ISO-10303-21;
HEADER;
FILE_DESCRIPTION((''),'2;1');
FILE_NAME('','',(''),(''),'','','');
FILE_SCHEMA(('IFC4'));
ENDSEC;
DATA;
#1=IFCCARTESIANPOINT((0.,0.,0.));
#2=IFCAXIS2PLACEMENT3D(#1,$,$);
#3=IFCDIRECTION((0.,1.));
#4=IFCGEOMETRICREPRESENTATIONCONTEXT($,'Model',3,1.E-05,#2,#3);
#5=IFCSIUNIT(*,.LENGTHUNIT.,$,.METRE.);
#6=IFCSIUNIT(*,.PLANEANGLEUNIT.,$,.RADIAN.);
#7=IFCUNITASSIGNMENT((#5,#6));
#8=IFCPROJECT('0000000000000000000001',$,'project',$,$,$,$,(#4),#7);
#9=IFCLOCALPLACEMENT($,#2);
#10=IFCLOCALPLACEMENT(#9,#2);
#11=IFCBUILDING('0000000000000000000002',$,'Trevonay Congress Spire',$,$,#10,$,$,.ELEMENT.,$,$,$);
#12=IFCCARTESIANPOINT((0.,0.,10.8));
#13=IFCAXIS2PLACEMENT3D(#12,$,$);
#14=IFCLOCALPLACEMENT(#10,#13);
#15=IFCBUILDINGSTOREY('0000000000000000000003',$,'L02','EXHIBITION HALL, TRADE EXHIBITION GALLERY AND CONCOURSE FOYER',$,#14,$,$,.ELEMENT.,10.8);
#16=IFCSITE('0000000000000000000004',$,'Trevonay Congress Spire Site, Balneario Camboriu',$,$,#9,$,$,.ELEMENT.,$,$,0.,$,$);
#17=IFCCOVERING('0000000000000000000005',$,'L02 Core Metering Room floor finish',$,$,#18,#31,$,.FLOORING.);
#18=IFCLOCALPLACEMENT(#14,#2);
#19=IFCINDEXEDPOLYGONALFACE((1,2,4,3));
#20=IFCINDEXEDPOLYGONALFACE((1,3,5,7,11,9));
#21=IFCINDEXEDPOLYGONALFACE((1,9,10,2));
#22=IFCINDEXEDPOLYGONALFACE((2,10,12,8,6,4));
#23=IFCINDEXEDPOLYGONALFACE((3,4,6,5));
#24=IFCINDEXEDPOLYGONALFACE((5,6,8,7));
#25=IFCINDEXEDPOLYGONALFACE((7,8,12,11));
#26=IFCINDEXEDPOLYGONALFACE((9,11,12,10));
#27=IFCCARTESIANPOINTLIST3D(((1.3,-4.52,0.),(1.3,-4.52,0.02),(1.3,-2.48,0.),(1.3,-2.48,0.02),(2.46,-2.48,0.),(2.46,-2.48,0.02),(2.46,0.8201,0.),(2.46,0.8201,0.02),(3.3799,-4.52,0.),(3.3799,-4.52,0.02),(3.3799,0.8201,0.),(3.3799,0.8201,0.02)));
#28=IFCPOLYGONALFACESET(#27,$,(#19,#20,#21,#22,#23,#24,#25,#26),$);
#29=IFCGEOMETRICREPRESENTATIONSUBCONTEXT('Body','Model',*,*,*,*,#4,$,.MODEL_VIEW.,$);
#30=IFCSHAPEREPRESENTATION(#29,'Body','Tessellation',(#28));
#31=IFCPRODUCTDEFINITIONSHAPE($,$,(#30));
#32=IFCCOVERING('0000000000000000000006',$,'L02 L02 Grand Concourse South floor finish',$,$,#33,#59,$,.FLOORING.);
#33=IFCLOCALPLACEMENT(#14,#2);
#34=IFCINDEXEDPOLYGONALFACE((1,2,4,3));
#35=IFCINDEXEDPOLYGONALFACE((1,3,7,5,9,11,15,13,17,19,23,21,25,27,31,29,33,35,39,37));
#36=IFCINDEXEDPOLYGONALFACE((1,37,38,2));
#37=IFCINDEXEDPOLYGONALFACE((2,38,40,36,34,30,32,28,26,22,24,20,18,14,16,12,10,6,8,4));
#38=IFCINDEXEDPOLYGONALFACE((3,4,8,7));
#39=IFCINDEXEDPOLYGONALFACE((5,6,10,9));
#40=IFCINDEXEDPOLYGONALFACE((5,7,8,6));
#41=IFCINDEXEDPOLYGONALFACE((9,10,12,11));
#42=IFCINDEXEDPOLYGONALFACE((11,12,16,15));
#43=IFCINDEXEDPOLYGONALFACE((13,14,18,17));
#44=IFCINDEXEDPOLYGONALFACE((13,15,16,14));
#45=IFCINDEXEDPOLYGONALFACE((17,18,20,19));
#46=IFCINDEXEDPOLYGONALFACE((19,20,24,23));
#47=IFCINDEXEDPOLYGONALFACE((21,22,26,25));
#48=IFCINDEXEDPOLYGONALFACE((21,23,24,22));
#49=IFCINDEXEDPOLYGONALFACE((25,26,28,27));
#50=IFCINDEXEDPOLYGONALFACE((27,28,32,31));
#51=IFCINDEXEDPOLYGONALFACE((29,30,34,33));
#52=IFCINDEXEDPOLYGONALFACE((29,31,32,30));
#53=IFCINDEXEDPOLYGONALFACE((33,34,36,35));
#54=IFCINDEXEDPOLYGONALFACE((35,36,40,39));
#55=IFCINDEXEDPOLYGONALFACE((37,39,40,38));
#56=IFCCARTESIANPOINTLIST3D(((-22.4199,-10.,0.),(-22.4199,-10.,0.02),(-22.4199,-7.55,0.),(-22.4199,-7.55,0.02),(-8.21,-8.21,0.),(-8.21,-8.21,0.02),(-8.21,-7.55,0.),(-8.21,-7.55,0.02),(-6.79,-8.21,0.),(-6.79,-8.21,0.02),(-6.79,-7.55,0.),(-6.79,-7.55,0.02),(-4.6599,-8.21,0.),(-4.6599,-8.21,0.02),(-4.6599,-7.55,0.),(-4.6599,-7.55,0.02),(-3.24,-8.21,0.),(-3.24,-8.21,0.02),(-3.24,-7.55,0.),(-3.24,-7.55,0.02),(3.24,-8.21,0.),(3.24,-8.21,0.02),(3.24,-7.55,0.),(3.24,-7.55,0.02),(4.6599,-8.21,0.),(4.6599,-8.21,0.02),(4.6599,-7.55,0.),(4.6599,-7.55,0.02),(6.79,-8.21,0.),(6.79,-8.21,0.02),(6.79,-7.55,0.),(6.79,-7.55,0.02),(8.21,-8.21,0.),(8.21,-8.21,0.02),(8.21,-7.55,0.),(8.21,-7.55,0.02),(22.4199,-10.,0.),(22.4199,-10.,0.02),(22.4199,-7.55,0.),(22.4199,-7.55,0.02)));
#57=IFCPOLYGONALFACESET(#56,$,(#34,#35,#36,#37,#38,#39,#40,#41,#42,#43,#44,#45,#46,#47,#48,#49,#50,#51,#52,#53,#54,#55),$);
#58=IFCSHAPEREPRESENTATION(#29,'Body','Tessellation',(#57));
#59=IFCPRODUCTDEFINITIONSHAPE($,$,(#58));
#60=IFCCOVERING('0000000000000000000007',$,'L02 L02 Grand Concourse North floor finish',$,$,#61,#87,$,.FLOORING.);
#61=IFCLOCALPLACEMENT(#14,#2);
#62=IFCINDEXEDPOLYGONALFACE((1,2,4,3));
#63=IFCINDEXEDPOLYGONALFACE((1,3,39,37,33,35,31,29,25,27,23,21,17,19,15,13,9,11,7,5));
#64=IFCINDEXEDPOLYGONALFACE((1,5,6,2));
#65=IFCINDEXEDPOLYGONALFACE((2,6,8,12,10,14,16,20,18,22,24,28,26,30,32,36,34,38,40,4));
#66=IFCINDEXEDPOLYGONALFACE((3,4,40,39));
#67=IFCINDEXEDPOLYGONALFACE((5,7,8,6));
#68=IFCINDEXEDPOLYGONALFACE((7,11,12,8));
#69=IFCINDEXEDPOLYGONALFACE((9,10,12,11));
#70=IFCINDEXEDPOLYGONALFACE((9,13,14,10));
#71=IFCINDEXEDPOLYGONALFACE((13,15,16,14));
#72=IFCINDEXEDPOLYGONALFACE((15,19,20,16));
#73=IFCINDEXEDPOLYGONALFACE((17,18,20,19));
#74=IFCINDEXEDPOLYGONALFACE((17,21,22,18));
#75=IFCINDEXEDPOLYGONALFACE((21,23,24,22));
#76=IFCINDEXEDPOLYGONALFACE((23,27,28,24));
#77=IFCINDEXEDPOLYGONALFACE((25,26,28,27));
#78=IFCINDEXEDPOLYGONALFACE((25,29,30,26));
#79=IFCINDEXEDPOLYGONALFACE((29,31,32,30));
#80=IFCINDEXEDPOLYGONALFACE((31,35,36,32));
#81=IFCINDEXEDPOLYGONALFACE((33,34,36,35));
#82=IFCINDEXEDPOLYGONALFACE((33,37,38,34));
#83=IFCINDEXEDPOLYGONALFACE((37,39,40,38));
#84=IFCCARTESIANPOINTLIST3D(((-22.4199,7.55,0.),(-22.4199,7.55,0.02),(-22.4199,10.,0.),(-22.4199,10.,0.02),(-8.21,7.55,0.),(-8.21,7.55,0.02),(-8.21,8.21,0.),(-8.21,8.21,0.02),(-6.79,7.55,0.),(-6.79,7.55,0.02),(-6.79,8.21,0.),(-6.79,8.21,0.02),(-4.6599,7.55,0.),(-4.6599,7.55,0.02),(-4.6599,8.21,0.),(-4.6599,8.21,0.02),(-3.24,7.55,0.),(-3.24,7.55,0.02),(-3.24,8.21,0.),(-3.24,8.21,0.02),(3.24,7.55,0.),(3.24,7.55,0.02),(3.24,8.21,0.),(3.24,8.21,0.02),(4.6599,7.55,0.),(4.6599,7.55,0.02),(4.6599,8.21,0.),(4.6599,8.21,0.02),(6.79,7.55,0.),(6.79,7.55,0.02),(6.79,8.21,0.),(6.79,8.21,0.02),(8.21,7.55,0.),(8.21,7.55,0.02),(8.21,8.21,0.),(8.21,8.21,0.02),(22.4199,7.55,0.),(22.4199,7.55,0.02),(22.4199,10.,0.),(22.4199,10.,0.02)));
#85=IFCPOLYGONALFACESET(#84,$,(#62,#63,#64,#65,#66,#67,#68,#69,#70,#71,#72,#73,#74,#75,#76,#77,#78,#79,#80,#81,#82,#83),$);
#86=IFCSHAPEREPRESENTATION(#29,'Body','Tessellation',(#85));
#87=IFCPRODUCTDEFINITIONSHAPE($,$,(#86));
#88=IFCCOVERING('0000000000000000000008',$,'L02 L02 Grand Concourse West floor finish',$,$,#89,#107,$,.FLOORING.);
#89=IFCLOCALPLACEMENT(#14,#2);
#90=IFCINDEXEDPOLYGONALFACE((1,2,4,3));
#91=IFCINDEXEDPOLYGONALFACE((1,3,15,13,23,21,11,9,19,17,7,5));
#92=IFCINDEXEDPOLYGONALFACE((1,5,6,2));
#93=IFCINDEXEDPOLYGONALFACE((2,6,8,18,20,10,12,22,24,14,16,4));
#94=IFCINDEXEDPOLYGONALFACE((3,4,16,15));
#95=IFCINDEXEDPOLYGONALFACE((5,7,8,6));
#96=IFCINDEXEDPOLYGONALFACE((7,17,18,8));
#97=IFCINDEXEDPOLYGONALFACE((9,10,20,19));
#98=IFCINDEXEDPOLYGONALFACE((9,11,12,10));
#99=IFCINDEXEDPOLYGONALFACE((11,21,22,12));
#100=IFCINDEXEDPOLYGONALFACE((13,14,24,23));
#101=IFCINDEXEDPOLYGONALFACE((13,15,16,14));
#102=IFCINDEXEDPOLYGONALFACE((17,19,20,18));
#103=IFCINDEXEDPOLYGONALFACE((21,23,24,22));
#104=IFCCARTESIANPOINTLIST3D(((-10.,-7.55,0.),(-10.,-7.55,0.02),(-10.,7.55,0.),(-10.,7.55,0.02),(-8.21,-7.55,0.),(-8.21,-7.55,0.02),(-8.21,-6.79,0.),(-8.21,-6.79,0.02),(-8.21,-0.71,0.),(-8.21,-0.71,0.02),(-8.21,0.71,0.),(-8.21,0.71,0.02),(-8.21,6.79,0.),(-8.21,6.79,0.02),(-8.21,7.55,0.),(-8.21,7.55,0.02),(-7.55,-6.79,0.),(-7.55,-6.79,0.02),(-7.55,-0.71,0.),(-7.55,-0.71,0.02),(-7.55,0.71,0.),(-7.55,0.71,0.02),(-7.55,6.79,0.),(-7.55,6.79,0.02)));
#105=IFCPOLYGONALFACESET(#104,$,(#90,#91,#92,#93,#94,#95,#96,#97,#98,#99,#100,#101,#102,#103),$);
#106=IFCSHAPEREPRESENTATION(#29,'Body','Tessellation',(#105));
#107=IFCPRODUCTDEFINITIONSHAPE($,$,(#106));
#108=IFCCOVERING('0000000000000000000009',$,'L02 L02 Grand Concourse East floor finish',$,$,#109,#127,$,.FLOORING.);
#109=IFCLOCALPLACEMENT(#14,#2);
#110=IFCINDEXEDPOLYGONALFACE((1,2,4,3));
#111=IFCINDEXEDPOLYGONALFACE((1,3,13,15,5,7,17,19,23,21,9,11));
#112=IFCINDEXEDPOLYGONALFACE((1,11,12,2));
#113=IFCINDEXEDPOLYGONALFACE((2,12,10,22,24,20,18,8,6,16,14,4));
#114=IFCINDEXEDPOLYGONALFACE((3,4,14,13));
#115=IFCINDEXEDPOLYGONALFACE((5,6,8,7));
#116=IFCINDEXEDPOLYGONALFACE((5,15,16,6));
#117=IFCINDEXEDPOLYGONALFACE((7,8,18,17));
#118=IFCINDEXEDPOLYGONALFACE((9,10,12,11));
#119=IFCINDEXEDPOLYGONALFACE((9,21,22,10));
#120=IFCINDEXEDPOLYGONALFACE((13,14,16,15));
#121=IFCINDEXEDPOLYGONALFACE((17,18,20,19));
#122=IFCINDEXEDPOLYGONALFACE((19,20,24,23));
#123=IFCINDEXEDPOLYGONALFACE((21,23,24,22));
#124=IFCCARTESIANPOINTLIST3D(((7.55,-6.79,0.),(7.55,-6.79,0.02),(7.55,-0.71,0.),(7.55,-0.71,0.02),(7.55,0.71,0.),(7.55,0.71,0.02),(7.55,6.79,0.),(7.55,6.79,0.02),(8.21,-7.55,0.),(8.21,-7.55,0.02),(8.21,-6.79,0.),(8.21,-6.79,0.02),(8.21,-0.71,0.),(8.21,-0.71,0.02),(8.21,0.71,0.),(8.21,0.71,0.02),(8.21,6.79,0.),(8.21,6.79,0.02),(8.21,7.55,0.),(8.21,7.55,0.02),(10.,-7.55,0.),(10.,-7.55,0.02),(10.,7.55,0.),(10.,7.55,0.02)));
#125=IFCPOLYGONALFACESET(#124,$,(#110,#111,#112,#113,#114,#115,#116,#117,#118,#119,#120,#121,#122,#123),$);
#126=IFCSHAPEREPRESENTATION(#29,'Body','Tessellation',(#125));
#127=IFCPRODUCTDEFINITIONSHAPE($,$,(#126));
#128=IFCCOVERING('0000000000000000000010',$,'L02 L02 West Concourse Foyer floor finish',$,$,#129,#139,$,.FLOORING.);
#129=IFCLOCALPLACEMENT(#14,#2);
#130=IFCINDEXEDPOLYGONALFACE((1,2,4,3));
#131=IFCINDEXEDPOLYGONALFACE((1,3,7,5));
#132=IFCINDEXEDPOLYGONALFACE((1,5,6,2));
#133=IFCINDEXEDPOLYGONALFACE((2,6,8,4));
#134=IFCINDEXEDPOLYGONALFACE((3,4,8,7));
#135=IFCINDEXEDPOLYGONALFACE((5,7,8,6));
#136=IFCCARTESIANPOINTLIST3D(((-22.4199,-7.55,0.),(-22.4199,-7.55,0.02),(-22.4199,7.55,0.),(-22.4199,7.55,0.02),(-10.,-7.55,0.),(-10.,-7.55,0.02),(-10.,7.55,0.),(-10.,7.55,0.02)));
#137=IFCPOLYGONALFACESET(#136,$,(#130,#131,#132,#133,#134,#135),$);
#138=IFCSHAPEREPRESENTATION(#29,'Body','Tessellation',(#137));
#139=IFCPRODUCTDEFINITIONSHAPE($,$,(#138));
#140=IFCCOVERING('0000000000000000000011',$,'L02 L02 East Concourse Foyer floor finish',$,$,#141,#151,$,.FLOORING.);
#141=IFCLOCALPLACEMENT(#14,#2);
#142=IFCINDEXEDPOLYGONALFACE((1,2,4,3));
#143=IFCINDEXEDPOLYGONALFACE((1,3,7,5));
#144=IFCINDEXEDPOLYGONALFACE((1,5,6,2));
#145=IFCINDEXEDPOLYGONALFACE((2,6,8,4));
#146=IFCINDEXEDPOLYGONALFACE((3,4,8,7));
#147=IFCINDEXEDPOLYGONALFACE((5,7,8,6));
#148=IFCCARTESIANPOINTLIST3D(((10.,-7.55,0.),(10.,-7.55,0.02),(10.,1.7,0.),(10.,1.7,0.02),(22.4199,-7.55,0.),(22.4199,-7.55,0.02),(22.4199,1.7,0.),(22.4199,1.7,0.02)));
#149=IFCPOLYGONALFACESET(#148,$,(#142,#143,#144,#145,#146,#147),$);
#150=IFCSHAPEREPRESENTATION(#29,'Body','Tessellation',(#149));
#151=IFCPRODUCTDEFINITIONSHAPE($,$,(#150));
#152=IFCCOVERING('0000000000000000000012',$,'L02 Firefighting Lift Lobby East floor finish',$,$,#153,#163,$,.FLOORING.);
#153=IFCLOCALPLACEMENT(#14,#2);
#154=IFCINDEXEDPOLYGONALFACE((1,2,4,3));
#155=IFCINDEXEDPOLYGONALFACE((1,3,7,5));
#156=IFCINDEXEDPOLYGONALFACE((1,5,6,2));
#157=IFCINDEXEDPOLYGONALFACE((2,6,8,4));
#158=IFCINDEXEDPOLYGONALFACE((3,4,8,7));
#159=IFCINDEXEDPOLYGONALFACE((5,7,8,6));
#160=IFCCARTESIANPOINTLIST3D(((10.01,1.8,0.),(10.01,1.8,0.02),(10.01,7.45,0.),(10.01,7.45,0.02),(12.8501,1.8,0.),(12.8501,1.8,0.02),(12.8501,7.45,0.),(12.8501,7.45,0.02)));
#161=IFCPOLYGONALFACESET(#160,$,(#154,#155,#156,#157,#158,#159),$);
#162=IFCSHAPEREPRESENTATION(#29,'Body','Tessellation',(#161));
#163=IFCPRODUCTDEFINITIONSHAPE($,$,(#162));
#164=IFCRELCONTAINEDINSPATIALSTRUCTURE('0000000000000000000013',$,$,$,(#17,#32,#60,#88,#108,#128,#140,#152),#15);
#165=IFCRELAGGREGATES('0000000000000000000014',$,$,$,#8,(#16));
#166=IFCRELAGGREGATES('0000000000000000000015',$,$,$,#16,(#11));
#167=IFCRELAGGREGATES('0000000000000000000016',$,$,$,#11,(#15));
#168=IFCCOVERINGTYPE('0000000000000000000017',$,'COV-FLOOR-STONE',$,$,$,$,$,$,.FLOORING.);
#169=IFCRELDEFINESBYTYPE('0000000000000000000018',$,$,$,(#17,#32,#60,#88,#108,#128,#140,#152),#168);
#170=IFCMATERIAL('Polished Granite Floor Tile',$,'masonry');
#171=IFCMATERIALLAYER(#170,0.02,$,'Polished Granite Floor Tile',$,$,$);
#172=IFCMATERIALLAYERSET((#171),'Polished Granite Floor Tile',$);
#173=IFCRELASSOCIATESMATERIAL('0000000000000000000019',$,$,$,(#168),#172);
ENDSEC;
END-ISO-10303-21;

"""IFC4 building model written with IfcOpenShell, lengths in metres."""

from ifc_helpers import new_model, si_unit, direction, frame, origin, place, context, subcontext, project, spatial, polyline, outline, extrude, material, layer, layer_set, type_object, element, save


model = new_model("IFC4")

# Units and contexts
model_context = context("Model", 3, precision=1e-05, world=origin(), true_north=direction((0.0, 1.0)))
body_context = subcontext(model_context, "Body", "Model", "MODEL_VIEW")
ifc_project = project(units=[si_unit("LENGTHUNIT", "METRE"), si_unit("PLANEANGLEUNIT", "RADIAN")], contexts=[model_context])

# Site, building, storey
site_placement = place(None, origin())
site = spatial("IfcSite", under=ifc_project, at=site_placement, Name="Trevonay Congress Spire Site, Balneario Camboriu", CompositionType="ELEMENT", RefElevation=0.0)
building_placement = place(site_placement, origin())
building = spatial("IfcBuilding", under=site, at=building_placement, Name="Trevonay Congress Spire", CompositionType="ELEMENT")
storey_placement = place(building_placement, frame((0.0, 0.0, 10.8)))
storey = spatial("IfcBuildingStorey", under=building, at=storey_placement, Name="L02", Description="EXHIBITION HALL, TRADE EXHIBITION GALLERY AND CONCOURSE FOYER", CompositionType="ELEMENT", Elevation=10.8)

# Coverings
ifc_material_1 = material(Name="Polished Granite Floor Tile", Category="masonry")
ifc_layer_1 = layer(ifc_material_1, 0.02, Name="Polished Granite Floor Tile")
ifc_layer_set_1 = layer_set([ifc_layer_1], Name="Polished Granite Floor Tile")
covering_type_1 = type_object("IfcCoveringType", Name="COV-FLOOR-STONE", PredefinedType="FLOORING", material=ifc_layer_set_1)
covering_1_placement = place(storey_placement, origin())
element("IfcCovering", 1, at=covering_1_placement, inside=storey, type_object=covering_type_1, Name="L02 Core Metering Room floor finish", PredefinedType="FLOORING", context=body_context, shape_type="SweptSolid", body=[
    extrude(outline(polyline([(1.3, -4.52), (3.3799, -4.52), (3.3799, 0.8201), (2.46, 0.8201), (2.46, -2.48), (1.3, -2.48), (1.3, -4.52)])), origin(), (0.0, 0.0, 1.0), 0.02),
])
covering_2_placement = place(storey_placement, origin())
element("IfcCovering", 2, at=covering_2_placement, inside=storey, type_object=covering_type_1, Name="L02 L02 Grand Concourse South floor finish", PredefinedType="FLOORING", context=body_context, shape_type="SweptSolid", body=[
    extrude(outline(polyline([(22.4199, -7.55), (22.4199, -10.0), (-22.4199, -10.0), (-22.4199, -7.55), (-8.21, -7.55), (-8.21, -8.21), (-6.79, -8.21), (-6.79, -7.55), (-4.6599, -7.55), (-4.6599, -8.21), (-3.24, -8.21), (-3.24, -7.55), (3.24, -7.55), (3.24, -8.21), (4.6599, -8.21), (4.6599, -7.55), (6.79, -7.55), (6.79, -8.21), (8.21, -8.21), (8.21, -7.55), (22.4199, -7.55)])), origin(), (0.0, 0.0, 1.0), 0.02),
])
covering_3_placement = place(storey_placement, origin())
element("IfcCovering", 3, at=covering_3_placement, inside=storey, type_object=covering_type_1, Name="L02 L02 Grand Concourse North floor finish", PredefinedType="FLOORING", context=body_context, shape_type="SweptSolid", body=[
    extrude(outline(polyline([(-22.4199, 7.55), (-22.4199, 10.0), (22.4199, 10.0), (22.4199, 7.55), (8.21, 7.55), (8.21, 8.21), (6.79, 8.21), (6.79, 7.55), (4.6599, 7.55), (4.6599, 8.21), (3.24, 8.21), (3.24, 7.55), (-3.24, 7.55), (-3.24, 8.21), (-4.6599, 8.21), (-4.6599, 7.55), (-6.79, 7.55), (-6.79, 8.21), (-8.21, 8.21), (-8.21, 7.55), (-22.4199, 7.55)])), origin(), (0.0, 0.0, 1.0), 0.02),
])
covering_4_placement = place(storey_placement, origin())
element("IfcCovering", 4, at=covering_4_placement, inside=storey, type_object=covering_type_1, Name="L02 L02 Grand Concourse West floor finish", PredefinedType="FLOORING", context=body_context, shape_type="SweptSolid", body=[
    extrude(outline(polyline([(-10.0, 7.55), (-8.21, 7.55), (-8.21, 6.79), (-7.55, 6.79), (-7.55, 0.71), (-8.21, 0.71), (-8.21, -0.71), (-7.55, -0.71), (-7.55, -6.79), (-8.21, -6.79), (-8.21, -7.55), (-10.0, -7.55), (-10.0, 7.55)])), origin(), (0.0, 0.0, 1.0), 0.02),
])
covering_5_placement = place(storey_placement, origin())
element("IfcCovering", 5, at=covering_5_placement, inside=storey, type_object=covering_type_1, Name="L02 L02 Grand Concourse East floor finish", PredefinedType="FLOORING", context=body_context, shape_type="SweptSolid", body=[
    extrude(outline(polyline([(10.0, -7.55), (8.21, -7.55), (8.21, -6.79), (7.55, -6.79), (7.55, -0.71), (8.21, -0.71), (8.21, 0.71), (7.55, 0.71), (7.55, 6.79), (8.21, 6.79), (8.21, 7.55), (10.0, 7.55), (10.0, -7.55)])), origin(), (0.0, 0.0, 1.0), 0.02),
])
covering_6_placement = place(storey_placement, origin())
element("IfcCovering", 6, at=covering_6_placement, inside=storey, type_object=covering_type_1, Name="L02 L02 West Concourse Foyer floor finish", PredefinedType="FLOORING", context=body_context, shape_type="SweptSolid", body=[
    extrude(outline(polyline([(-22.4199, -7.55), (-22.4199, 7.55), (-10.0, 7.55), (-10.0, -7.55), (-22.4199, -7.55)])), origin(), (0.0, 0.0, 1.0), 0.02),
])
covering_7_placement = place(storey_placement, origin())
element("IfcCovering", 7, at=covering_7_placement, inside=storey, type_object=covering_type_1, Name="L02 L02 East Concourse Foyer floor finish", PredefinedType="FLOORING", context=body_context, shape_type="SweptSolid", body=[
    extrude(outline(polyline([(10.0, -7.55), (10.0, 1.7), (22.4199, 1.7), (22.4199, -7.55), (10.0, -7.55)])), origin(), (0.0, 0.0, 1.0), 0.02),
])
covering_8_placement = place(storey_placement, origin())
element("IfcCovering", 8, at=covering_8_placement, inside=storey, type_object=covering_type_1, Name="L02 Firefighting Lift Lobby East floor finish", PredefinedType="FLOORING", context=body_context, shape_type="SweptSolid", body=[
    extrude(outline(polyline([(12.8501, 1.8), (10.01, 1.8), (10.01, 7.45), (12.8501, 7.45), (12.8501, 1.8)])), origin(), (0.0, 0.0, 1.0), 0.02),
])

save(model, "model.ifc")
